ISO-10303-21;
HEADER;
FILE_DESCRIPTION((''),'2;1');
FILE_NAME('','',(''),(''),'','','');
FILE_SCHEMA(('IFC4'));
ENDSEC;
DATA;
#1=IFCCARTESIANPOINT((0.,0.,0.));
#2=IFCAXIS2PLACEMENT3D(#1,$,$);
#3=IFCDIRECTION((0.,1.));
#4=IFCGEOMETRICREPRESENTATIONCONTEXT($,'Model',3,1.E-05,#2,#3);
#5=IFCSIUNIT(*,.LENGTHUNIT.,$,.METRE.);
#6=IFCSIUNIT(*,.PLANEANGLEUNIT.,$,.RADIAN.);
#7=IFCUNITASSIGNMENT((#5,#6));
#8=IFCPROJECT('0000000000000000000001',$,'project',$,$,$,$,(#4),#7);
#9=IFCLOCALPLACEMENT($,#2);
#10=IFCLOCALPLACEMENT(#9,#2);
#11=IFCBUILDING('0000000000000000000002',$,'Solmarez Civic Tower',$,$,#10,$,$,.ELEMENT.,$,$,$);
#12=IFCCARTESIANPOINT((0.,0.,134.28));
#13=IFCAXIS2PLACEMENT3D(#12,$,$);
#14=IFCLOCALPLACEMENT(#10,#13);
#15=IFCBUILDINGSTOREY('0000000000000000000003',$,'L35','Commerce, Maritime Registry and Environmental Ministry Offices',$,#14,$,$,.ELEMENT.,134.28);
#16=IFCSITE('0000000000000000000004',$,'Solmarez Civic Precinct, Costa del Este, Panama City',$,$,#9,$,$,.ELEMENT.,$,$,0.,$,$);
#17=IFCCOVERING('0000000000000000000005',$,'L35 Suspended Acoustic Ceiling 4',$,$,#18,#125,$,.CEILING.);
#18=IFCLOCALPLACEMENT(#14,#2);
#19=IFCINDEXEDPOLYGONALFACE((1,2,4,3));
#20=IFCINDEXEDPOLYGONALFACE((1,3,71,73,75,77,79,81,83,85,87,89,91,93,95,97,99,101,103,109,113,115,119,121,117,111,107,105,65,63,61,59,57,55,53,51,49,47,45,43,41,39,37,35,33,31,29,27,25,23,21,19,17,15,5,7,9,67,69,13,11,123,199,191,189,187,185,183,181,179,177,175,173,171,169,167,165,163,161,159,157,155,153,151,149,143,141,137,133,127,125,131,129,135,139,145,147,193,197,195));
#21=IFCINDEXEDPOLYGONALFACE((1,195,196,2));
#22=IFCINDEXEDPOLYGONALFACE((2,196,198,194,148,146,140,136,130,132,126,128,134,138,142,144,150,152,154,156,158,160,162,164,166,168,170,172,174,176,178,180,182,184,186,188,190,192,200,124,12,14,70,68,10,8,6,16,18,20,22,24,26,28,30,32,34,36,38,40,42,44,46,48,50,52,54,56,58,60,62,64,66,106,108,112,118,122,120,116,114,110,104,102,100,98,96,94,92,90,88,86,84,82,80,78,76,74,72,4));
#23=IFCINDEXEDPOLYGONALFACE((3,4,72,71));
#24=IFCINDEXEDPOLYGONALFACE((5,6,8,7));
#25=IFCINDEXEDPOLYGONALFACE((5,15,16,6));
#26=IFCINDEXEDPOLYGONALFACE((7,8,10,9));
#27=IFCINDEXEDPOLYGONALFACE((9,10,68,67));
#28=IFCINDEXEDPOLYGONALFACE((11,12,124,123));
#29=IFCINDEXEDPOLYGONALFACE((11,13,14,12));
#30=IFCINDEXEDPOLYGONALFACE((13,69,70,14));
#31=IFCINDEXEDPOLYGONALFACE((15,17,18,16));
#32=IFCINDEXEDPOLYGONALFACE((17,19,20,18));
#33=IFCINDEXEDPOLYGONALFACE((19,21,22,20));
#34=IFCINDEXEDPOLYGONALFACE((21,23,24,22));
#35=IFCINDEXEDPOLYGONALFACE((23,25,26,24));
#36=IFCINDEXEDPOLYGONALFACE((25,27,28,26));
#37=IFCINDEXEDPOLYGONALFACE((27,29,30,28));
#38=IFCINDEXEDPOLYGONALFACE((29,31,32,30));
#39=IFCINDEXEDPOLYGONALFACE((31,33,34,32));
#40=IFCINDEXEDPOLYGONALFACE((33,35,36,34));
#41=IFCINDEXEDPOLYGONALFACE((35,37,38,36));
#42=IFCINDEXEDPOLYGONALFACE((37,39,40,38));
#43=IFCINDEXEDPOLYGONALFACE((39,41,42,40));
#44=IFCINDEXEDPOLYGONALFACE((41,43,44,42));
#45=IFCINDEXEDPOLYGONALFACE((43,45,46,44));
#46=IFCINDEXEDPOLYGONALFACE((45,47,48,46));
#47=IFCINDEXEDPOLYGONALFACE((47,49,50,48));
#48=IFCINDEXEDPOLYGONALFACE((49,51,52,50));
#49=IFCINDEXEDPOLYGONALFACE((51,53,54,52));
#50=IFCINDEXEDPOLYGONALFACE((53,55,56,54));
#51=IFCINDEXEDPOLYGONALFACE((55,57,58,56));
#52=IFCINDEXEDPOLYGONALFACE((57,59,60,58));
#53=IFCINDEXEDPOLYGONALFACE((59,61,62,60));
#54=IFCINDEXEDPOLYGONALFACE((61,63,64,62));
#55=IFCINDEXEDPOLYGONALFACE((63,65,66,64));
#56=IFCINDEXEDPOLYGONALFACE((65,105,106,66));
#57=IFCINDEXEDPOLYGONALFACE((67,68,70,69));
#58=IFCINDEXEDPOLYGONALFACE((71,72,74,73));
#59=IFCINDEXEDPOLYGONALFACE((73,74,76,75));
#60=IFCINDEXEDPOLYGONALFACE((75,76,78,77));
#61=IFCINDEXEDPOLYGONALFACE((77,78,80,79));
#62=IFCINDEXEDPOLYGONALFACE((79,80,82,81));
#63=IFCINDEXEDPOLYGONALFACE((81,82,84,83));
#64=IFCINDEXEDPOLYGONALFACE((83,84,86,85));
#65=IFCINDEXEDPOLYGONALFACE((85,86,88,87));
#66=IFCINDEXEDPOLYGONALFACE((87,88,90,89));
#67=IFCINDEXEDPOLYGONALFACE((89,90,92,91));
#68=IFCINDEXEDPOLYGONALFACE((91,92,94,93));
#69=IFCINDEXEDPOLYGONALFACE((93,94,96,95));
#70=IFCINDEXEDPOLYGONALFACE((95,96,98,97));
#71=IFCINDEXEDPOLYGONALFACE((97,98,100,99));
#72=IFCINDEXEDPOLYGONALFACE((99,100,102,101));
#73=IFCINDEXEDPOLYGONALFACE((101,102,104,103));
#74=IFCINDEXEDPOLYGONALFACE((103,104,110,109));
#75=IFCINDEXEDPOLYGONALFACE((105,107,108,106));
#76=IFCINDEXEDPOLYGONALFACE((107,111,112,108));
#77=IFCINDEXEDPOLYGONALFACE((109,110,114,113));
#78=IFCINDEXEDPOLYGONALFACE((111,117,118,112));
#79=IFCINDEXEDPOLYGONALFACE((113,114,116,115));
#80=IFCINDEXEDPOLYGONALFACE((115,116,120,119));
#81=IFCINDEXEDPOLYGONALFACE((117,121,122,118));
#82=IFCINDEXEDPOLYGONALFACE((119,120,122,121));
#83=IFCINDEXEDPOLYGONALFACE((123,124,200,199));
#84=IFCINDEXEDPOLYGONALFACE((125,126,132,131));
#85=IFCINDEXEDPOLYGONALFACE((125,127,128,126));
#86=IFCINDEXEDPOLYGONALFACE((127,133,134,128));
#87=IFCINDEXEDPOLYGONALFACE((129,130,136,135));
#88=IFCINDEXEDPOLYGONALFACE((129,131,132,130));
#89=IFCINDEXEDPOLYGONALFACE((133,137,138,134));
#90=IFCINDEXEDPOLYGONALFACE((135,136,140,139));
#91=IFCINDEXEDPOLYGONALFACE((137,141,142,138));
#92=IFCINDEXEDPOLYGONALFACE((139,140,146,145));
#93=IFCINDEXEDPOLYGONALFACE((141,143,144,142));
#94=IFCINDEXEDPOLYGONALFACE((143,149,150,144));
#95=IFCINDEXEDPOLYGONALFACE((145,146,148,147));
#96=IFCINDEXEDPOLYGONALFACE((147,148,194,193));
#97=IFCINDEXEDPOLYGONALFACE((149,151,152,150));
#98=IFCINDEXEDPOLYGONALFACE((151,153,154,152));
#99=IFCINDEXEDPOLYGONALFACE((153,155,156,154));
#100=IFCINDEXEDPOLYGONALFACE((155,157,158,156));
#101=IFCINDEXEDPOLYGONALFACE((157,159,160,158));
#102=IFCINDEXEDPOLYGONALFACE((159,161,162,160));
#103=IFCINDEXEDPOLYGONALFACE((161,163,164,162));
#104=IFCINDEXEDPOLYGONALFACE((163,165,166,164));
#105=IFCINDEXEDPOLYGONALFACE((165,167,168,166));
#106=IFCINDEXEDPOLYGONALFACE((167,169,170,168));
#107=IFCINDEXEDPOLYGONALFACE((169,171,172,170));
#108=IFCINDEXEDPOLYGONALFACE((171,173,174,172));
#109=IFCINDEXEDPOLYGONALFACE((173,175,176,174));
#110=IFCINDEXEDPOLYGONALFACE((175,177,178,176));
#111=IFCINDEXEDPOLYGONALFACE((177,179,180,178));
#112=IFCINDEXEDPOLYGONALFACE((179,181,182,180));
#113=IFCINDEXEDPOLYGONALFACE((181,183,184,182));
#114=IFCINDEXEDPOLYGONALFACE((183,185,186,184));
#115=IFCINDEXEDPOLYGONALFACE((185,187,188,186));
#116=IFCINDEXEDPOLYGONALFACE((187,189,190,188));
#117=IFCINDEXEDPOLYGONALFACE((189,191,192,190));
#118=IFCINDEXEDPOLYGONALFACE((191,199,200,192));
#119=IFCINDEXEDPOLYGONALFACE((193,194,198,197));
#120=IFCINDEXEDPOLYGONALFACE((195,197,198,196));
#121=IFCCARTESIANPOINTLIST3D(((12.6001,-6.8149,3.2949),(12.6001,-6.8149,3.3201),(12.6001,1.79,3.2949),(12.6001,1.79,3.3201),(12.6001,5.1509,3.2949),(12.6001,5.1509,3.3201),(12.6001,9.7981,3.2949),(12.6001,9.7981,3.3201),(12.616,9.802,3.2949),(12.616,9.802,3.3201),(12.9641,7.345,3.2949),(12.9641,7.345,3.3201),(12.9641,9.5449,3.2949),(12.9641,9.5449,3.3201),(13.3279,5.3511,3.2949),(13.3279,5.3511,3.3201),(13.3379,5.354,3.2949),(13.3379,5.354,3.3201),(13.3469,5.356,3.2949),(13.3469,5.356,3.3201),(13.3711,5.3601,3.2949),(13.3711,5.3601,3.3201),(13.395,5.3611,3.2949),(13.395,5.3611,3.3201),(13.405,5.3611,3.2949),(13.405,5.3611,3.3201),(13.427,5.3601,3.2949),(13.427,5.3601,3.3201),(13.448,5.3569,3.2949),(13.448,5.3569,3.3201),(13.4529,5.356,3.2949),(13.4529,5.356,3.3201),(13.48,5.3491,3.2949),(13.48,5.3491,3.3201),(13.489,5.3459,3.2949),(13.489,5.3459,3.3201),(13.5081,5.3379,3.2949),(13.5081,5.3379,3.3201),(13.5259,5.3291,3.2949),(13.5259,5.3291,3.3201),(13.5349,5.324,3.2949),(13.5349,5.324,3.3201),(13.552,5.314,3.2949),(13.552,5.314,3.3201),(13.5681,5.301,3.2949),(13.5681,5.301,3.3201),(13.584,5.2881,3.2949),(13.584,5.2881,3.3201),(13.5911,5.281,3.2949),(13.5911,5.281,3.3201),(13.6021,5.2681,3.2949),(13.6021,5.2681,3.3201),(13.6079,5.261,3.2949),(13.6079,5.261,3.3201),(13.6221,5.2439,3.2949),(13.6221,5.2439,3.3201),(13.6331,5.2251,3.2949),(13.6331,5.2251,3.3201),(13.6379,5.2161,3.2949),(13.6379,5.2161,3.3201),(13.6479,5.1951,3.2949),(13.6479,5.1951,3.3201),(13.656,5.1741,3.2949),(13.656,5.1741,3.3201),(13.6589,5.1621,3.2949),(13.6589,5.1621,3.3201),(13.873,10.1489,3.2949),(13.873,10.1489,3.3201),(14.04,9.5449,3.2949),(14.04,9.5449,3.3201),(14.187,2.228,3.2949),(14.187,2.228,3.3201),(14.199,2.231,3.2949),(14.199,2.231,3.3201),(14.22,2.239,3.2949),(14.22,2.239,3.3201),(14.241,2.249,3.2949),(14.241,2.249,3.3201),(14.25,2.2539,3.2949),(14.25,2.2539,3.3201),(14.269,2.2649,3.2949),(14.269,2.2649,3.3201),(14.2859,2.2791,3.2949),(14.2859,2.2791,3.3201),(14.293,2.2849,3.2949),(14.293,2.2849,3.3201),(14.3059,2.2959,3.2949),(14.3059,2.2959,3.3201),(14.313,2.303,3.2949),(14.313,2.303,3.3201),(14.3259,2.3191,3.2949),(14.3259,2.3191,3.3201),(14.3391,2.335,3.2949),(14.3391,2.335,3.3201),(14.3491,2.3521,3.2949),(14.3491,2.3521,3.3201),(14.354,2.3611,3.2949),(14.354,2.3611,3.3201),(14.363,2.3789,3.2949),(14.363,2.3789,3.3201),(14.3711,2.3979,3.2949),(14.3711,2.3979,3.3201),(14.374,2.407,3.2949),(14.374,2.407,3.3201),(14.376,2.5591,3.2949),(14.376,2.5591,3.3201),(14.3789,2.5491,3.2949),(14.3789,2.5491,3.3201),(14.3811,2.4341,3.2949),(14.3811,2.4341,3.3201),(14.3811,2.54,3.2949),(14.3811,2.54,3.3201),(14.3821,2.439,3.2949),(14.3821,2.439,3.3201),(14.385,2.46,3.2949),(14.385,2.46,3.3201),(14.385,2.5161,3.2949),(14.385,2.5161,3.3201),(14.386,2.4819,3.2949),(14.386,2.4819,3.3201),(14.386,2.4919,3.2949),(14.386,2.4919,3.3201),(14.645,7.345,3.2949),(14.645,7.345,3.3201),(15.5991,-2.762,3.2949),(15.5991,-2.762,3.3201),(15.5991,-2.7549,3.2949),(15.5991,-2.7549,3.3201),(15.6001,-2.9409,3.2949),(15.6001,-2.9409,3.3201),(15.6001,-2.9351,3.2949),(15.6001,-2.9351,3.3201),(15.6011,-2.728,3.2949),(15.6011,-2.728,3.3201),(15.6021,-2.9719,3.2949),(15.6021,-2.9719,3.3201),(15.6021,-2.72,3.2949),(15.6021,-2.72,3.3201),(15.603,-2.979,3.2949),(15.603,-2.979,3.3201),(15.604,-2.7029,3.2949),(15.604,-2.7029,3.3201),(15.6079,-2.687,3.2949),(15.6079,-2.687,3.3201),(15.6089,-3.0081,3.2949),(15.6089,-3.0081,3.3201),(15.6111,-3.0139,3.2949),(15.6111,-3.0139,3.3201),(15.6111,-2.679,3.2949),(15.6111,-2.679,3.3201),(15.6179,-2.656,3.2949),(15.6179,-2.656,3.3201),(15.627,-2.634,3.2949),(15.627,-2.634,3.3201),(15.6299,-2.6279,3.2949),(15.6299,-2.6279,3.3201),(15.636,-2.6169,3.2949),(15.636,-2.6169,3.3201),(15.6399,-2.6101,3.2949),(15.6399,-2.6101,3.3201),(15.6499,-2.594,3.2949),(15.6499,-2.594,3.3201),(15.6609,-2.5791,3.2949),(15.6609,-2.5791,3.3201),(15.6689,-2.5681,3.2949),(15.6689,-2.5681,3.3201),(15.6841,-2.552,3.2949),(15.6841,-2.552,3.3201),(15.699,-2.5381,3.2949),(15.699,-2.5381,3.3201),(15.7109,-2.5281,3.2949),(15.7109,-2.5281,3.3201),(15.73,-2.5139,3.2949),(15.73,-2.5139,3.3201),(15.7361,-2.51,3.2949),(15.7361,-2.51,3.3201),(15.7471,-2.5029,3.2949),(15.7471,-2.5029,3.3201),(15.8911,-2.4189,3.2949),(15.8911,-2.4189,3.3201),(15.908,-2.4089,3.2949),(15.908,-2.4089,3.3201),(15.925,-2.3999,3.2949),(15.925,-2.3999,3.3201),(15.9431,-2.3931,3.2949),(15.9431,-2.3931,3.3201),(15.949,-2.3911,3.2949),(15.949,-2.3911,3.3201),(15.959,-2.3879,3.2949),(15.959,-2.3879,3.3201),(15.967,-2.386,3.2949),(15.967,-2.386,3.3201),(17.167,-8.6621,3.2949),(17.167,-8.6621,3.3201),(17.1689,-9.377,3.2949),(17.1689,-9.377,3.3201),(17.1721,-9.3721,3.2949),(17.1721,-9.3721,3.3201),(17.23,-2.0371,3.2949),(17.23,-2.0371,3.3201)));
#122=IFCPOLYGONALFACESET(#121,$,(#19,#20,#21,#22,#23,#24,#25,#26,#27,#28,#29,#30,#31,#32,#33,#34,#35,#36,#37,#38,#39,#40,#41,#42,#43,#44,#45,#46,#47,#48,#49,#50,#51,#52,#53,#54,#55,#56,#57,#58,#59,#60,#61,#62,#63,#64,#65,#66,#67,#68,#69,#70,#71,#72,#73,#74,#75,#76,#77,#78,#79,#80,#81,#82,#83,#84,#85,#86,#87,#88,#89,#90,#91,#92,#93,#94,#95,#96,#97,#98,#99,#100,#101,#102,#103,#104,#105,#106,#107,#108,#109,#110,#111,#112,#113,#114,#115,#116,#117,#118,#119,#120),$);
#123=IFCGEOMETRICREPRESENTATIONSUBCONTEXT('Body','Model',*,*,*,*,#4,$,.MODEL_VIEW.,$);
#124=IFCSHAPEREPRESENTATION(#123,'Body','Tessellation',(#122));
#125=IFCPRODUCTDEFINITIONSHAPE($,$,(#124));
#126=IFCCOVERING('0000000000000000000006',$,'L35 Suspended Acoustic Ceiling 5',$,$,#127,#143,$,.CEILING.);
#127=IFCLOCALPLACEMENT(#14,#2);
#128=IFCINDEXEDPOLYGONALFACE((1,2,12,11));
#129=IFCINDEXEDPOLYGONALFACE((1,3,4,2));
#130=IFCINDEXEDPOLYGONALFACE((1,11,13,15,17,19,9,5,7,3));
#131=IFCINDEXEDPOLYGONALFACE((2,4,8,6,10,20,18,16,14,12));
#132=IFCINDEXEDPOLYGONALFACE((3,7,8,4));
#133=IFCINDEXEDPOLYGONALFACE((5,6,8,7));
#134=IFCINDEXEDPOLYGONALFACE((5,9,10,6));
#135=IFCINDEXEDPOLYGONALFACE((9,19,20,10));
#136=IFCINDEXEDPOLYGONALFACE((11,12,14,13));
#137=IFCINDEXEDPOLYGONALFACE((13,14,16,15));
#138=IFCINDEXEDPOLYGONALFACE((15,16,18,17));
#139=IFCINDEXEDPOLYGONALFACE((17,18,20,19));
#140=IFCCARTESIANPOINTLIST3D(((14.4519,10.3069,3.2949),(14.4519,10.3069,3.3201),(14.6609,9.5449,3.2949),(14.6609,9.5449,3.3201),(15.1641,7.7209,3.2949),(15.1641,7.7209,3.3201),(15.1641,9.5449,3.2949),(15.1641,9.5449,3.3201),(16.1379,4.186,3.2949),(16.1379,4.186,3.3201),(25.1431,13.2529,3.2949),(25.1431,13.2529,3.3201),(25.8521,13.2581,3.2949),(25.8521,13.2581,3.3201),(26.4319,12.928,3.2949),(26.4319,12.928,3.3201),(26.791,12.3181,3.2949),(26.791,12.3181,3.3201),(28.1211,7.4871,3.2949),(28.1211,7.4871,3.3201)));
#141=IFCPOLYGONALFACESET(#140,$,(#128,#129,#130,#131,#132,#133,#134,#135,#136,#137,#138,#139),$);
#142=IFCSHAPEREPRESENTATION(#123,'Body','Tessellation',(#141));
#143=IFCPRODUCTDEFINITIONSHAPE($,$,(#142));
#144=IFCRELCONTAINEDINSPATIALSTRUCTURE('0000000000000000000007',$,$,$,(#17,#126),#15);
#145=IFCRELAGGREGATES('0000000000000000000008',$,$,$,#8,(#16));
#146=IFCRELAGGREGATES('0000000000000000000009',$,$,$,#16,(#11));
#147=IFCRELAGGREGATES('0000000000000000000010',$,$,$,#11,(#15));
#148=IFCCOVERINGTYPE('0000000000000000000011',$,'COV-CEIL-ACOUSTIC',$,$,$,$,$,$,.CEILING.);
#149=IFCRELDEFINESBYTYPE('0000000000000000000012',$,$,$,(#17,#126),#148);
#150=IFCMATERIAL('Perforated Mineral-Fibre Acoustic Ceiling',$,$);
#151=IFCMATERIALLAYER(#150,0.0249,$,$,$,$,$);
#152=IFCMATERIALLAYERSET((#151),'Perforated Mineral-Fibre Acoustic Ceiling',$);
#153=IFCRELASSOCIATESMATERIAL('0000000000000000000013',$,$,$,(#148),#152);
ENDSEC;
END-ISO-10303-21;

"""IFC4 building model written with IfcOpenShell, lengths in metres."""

from ifc_helpers import new_model, si_unit, direction, frame, origin, place, context, subcontext, project, spatial, polyline, outline, extrude, material, layer, layer_set, type_object, element, save


model = new_model("IFC4")

# Units and contexts
model_context = context("Model", 3, precision=1e-05, world=origin(), true_north=direction((0.0, 1.0)))
body_context = subcontext(model_context, "Body", "Model", "MODEL_VIEW")
ifc_project = project(units=[si_unit("LENGTHUNIT", "METRE"), si_unit("PLANEANGLEUNIT", "RADIAN")], contexts=[model_context])

# Site, building, storey
site_placement = place(None, origin())
site = spatial("IfcSite", under=ifc_project, at=site_placement, Name="Solmarez Civic Precinct, Costa del Este, Panama City", CompositionType="ELEMENT", RefElevation=0.0)
building_placement = place(site_placement, origin())
building = spatial("IfcBuilding", under=site, at=building_placement, Name="Solmarez Civic Tower", CompositionType="ELEMENT")
storey_placement = place(building_placement, frame((0.0, 0.0, 134.28)))
storey = spatial("IfcBuildingStorey", under=building, at=storey_placement, Name="L35", Description="Commerce, Maritime Registry and Environmental Ministry Offices", CompositionType="ELEMENT", Elevation=134.28)

# Coverings
ifc_material_1 = material(Name="Perforated Mineral-Fibre Acoustic Ceiling")
ifc_layer_1 = layer(ifc_material_1, 0.0249)
ifc_layer_set_1 = layer_set([ifc_layer_1], Name="Perforated Mineral-Fibre Acoustic Ceiling")
covering_type_1 = type_object("IfcCoveringType", Name="COV-CEIL-ACOUSTIC", PredefinedType="CEILING", material=ifc_layer_set_1)
covering_1_placement = place(storey_placement, frame((0.0, 0.0, 3.2949)))
element("IfcCovering", 1, at=covering_1_placement, inside=storey, type_object=covering_type_1, Name="L35 Suspended Acoustic Ceiling 4", PredefinedType="CEILING", context=body_context, shape_type="SweptSolid", body=[
    extrude(outline(polyline([(13.6589, 5.1621), (14.376, 2.5591), (14.3789, 2.5491), (14.3811, 2.54), (14.385, 2.5161), (14.386, 2.4919), (14.386, 2.4819), (14.385, 2.46), (14.3821, 2.439), (14.3811, 2.4341), (14.374, 2.407), (14.3711, 2.3979), (14.363, 2.3789), (14.354, 2.3611), (14.3491, 2.3521), (14.3391, 2.335), (14.3259, 2.3191), (14.313, 2.303), (14.3059, 2.2959), (14.293, 2.2849), (14.2859, 2.2791), (14.269, 2.2649), (14.25, 2.2539), (14.241, 2.249), (14.22, 2.239), (14.199, 2.231), (14.187, 2.228), (12.6001, 1.79), (12.6001, -6.8149), (17.1689, -9.377), (17.1721, -9.3721), (17.167, -8.6621), (15.6111, -3.0139), (15.6089, -3.0081), (15.603, -2.979), (15.6021, -2.9719), (15.6001, -2.9409), (15.6001, -2.9351), (15.5991, -2.762), (15.5991, -2.7549), (15.6011, -2.728), (15.6021, -2.72), (15.604, -2.7029), (15.6079, -2.687), (15.6111, -2.679), (15.6179, -2.656), (15.627, -2.634), (15.6299, -2.6279), (15.636, -2.6169), (15.6399, -2.6101), (15.6499, -2.594), (15.6609, -2.5791), (15.6689, -2.5681), (15.6841, -2.552), (15.699, -2.5381), (15.7109, -2.5281), (15.73, -2.5139), (15.7361, -2.51), (15.7471, -2.5029), (15.8911, -2.4189), (15.908, -2.4089), (15.925, -2.3999), (15.9431, -2.3931), (15.949, -2.3911), (15.959, -2.3879), (15.967, -2.386), (17.23, -2.0371), (14.645, 7.345), (12.9641, 7.345), (12.9641, 9.5449), (14.04, 9.5449), (13.873, 10.1489), (12.616, 9.802), (12.6001, 9.7981), (12.6001, 5.1509), (13.3279, 5.3511), (13.3379, 5.354), (13.3469, 5.356), (13.3711, 5.3601), (13.395, 5.3611), (13.405, 5.3611), (13.427, 5.3601), (13.448, 5.3569), (13.4529, 5.356), (13.48, 5.3491), (13.489, 5.3459), (13.5081, 5.3379), (13.5259, 5.3291), (13.5349, 5.324), (13.552, 5.314), (13.5681, 5.301), (13.584, 5.2881), (13.5911, 5.281), (13.6021, 5.2681), (13.6079, 5.261), (13.6221, 5.2439), (13.6331, 5.2251), (13.6379, 5.2161), (13.6479, 5.1951), (13.656, 5.1741), (13.6589, 5.1621)])), origin(), (0.0, 0.0, 1.0), 0.0251),
])
covering_2_placement = place(storey_placement, frame((0.0, 0.0, 3.2949)))
element("IfcCovering", 2, at=covering_2_placement, inside=storey, type_object=covering_type_1, Name="L35 Suspended Acoustic Ceiling 5", PredefinedType="CEILING", context=body_context, shape_type="SweptSolid", body=[
    extrude(outline(polyline([(28.1211, 7.4871), (26.791, 12.3181), (26.4319, 12.928), (25.8521, 13.2581), (25.1431, 13.2529), (14.4519, 10.3069), (14.6609, 9.5449), (15.1641, 9.5449), (15.1641, 7.7209), (16.1379, 4.186), (28.1211, 7.4871)])), origin(), (0.0, 0.0, 1.0), 0.0251),
])

save(model, "model.ifc")
